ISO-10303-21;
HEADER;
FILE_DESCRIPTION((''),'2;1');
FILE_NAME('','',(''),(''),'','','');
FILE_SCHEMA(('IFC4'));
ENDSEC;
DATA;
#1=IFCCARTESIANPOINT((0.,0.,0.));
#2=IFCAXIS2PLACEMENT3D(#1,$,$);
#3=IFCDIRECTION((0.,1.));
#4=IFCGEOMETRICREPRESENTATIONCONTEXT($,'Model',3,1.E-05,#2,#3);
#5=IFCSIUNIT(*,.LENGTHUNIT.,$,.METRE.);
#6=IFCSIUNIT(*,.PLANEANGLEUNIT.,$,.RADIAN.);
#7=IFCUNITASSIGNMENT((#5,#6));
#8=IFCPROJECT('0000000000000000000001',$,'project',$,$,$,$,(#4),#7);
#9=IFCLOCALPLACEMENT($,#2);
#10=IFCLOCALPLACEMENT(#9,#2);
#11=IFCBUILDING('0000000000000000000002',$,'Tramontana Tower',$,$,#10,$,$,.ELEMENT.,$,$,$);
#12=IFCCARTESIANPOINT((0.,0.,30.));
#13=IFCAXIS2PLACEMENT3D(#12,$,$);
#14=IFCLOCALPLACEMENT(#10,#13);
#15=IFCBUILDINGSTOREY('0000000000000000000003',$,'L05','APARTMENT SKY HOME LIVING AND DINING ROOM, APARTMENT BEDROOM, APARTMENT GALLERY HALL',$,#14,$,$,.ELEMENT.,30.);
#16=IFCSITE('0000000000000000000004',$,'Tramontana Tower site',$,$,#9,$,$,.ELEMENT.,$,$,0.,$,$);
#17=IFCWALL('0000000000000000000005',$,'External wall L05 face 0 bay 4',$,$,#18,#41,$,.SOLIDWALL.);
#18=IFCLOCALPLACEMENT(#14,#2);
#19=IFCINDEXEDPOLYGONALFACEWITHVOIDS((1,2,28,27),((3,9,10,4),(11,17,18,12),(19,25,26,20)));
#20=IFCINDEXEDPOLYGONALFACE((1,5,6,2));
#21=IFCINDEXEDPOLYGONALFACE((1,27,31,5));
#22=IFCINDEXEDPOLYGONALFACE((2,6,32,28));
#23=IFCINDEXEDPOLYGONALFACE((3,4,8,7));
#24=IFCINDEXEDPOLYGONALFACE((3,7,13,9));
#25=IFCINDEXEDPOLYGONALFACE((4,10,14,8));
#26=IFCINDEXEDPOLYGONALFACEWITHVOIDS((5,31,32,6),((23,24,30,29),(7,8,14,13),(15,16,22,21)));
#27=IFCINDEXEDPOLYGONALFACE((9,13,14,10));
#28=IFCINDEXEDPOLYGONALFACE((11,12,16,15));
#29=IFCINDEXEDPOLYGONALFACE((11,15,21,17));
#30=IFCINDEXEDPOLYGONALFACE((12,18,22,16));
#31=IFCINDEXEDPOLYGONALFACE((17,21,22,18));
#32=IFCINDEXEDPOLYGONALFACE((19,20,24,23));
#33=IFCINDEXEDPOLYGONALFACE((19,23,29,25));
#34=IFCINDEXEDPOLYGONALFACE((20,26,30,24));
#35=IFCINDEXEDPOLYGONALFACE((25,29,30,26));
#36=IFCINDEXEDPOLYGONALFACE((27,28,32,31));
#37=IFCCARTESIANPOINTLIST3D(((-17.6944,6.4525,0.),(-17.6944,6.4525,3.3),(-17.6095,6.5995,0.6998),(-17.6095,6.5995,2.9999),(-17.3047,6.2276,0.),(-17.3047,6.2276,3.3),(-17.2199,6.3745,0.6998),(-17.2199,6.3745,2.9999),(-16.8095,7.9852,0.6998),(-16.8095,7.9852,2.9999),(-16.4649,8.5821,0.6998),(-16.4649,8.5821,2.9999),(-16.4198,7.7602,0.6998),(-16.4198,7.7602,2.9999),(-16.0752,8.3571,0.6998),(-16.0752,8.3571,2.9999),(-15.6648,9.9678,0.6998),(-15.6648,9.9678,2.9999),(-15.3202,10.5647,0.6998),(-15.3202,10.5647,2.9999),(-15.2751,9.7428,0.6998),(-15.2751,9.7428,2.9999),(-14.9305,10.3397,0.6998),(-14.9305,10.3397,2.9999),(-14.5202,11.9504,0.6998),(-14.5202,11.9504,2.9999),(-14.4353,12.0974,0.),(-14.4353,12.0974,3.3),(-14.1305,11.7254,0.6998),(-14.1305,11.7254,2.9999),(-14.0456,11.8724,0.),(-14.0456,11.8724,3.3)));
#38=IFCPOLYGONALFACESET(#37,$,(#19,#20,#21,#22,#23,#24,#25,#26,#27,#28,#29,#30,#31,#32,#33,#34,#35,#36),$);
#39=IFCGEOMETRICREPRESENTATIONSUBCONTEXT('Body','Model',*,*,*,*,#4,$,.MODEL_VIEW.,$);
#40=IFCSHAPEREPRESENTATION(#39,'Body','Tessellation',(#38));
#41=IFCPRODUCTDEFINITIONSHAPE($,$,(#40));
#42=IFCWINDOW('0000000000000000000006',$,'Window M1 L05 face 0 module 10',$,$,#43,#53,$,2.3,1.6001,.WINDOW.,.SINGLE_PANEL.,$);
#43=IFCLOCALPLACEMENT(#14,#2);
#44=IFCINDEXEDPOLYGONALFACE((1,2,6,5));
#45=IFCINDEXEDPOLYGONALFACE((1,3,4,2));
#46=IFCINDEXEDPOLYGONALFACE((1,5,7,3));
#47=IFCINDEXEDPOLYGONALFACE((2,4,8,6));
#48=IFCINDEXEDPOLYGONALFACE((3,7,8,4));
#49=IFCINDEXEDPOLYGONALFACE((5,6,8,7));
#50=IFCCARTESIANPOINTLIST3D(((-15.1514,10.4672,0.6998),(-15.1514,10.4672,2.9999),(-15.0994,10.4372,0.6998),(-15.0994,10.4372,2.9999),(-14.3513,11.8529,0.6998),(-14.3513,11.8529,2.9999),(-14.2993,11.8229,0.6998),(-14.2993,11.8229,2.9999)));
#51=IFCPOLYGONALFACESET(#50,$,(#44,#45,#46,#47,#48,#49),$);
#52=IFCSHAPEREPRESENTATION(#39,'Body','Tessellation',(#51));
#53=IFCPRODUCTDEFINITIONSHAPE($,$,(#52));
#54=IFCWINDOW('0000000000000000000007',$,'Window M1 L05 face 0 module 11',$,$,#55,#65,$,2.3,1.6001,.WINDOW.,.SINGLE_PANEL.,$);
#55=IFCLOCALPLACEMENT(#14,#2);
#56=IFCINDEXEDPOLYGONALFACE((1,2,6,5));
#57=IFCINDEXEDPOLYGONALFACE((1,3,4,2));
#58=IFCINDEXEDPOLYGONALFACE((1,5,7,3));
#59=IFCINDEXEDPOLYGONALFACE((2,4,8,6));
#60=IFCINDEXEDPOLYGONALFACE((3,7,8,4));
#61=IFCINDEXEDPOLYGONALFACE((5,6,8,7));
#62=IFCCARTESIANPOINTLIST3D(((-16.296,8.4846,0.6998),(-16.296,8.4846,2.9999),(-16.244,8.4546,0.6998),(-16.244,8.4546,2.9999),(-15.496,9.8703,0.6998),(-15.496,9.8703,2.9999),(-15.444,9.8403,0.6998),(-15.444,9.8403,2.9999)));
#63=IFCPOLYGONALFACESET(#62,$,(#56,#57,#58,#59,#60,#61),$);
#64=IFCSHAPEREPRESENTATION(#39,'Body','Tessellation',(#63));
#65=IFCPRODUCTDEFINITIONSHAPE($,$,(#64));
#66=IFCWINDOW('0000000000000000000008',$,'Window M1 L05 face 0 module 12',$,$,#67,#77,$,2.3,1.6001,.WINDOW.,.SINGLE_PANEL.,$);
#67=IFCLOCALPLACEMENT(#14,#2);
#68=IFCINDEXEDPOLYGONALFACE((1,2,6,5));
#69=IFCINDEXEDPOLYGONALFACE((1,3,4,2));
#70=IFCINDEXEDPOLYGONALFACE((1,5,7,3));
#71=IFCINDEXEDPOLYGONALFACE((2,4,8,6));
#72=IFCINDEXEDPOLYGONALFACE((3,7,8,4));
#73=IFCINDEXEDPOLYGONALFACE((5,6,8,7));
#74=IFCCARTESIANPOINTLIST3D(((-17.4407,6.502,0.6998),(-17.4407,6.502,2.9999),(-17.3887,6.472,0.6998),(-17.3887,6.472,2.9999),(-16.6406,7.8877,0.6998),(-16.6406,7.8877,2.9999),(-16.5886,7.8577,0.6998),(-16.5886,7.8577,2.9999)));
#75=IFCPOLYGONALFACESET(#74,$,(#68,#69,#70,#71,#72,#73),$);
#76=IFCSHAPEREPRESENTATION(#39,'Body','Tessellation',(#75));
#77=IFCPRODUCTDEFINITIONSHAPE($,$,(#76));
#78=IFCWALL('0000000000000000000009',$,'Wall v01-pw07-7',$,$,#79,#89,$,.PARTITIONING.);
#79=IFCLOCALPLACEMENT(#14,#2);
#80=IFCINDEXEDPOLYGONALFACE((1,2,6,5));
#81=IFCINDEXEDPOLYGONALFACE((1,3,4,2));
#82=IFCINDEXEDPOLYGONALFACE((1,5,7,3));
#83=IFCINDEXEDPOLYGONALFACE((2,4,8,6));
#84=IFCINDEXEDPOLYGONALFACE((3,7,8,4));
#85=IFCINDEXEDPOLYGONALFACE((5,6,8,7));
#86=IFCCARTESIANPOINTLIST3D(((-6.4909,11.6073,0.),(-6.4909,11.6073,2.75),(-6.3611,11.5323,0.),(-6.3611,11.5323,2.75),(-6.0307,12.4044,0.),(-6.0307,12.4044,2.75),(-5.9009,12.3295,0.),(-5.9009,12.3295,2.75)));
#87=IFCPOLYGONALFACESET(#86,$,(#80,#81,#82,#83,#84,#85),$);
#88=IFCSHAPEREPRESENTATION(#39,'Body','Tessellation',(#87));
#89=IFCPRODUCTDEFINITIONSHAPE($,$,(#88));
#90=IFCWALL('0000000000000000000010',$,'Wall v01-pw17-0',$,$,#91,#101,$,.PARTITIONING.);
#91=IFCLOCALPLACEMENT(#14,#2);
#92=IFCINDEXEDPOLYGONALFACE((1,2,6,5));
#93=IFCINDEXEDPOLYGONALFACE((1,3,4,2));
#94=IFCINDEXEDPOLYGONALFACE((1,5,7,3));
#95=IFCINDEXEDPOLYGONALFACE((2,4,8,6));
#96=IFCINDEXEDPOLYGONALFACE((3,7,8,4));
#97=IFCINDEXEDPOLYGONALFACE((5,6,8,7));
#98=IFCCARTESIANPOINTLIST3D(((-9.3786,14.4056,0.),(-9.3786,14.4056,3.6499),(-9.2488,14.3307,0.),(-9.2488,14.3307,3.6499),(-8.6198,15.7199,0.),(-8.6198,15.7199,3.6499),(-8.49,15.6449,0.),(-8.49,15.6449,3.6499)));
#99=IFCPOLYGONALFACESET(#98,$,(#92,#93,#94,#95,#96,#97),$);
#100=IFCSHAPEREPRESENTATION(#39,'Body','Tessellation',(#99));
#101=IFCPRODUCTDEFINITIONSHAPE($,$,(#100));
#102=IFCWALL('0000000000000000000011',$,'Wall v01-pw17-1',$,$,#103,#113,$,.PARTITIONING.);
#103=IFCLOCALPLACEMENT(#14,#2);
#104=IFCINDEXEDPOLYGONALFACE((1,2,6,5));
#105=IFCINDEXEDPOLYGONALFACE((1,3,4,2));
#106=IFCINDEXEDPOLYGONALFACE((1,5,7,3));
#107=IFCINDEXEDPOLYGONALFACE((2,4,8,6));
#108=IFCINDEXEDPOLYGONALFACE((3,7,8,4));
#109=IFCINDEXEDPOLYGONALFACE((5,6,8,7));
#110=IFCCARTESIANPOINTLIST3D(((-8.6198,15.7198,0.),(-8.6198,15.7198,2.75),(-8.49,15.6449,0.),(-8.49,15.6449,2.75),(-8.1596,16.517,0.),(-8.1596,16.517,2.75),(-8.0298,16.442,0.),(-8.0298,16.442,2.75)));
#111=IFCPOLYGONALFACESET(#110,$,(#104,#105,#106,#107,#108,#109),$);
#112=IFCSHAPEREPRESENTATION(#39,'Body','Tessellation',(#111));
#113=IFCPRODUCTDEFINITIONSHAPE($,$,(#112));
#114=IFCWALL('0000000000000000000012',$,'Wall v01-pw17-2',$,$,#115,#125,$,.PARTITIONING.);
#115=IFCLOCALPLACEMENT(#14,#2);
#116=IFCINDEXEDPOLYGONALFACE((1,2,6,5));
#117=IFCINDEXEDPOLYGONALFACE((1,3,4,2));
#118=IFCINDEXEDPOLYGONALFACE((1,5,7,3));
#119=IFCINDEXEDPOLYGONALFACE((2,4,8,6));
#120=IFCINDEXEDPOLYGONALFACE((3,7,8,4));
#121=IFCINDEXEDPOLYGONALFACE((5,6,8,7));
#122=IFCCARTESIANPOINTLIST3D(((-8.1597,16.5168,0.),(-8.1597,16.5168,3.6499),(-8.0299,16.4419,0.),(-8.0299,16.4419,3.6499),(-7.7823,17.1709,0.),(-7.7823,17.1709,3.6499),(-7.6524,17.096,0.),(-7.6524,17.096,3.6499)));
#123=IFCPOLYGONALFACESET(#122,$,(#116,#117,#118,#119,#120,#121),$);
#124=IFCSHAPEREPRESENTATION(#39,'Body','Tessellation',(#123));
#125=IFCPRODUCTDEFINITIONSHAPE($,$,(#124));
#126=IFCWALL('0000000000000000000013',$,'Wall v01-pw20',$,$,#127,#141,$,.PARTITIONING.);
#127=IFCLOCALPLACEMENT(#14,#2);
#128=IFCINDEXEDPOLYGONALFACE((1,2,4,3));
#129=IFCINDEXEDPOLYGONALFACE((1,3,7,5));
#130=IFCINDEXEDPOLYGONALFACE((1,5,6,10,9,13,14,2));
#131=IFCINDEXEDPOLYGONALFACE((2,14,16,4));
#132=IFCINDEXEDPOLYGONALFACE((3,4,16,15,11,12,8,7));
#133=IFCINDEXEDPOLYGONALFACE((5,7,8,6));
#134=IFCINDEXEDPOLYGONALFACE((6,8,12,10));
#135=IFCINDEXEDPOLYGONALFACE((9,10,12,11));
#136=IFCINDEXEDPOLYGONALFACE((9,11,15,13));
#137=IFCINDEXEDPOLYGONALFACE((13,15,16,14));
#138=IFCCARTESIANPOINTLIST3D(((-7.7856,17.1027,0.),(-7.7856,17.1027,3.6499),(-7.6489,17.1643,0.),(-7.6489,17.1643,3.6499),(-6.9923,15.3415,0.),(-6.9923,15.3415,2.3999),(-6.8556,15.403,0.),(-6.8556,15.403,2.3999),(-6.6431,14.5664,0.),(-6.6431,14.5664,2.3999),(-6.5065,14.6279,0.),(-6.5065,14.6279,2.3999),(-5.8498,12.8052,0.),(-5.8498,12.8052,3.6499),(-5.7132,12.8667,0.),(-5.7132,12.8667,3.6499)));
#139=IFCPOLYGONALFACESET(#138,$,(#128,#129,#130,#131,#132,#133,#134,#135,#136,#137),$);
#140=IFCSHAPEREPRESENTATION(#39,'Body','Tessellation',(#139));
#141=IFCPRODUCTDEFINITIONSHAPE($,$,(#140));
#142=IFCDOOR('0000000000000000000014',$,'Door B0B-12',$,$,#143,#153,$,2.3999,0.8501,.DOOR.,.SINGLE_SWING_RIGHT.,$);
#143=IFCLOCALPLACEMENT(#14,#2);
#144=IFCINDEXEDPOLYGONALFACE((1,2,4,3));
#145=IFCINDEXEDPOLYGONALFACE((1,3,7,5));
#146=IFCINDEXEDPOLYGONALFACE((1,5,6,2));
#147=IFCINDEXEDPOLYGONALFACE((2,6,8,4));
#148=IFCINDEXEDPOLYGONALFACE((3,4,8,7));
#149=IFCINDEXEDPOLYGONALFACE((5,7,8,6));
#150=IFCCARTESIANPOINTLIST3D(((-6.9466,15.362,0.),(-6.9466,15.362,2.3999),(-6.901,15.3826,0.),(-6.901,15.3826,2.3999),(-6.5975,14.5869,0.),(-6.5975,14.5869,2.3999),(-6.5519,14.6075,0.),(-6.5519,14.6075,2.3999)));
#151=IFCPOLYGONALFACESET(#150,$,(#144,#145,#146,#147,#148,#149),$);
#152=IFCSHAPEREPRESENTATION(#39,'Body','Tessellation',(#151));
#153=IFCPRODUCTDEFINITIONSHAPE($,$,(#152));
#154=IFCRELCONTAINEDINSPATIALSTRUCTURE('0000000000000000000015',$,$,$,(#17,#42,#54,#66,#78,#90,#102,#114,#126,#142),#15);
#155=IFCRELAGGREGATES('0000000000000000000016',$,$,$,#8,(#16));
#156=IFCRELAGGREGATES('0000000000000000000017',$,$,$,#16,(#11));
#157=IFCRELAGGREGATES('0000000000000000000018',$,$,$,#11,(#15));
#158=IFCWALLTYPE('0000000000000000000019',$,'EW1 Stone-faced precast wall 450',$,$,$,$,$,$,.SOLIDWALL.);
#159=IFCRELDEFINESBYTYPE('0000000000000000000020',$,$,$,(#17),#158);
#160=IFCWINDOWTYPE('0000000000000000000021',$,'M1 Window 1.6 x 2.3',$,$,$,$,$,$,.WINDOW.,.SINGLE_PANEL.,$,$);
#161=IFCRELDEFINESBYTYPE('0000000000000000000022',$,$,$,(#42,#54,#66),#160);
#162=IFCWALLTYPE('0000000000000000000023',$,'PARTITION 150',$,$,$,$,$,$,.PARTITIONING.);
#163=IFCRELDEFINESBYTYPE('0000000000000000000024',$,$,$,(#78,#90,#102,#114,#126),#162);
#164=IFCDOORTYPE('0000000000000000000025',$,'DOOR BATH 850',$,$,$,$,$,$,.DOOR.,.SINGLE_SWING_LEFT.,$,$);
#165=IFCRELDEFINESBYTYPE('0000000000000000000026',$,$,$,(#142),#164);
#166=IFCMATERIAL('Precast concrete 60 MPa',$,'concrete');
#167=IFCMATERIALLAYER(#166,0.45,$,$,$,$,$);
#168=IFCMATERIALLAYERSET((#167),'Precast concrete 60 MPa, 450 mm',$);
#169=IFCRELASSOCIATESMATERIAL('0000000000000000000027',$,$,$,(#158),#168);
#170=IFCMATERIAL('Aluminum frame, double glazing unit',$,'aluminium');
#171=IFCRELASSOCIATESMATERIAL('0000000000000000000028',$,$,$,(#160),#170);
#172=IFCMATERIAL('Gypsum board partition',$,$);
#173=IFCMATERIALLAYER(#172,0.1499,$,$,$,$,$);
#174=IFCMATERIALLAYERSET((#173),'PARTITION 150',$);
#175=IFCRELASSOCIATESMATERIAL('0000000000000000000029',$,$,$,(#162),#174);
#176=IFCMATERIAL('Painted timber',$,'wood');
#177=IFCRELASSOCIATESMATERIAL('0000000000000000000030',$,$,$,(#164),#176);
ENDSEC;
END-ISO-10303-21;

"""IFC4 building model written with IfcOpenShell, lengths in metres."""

from ifc_helpers import new_model, si_unit, direction, frame, frame_2d, origin, place, context, subcontext, project, spatial, rectangle, extrude, material, layer, layer_set, type_object, element, fill, save


model = new_model("IFC4")

# Units and contexts
model_context = context("Model", 3, precision=1e-05, world=origin(), true_north=direction((0.0, 1.0)))
body_context = subcontext(model_context, "Body", "Model", "MODEL_VIEW")
ifc_project = project(units=[si_unit("LENGTHUNIT", "METRE"), si_unit("PLANEANGLEUNIT", "RADIAN")], contexts=[model_context])

# Site, building, storey
site_placement = place(None, origin())
site = spatial("IfcSite", under=ifc_project, at=site_placement, Name="Tramontana Tower site", CompositionType="ELEMENT", RefElevation=0.0)
building_placement = place(site_placement, origin())
building = spatial("IfcBuilding", under=site, at=building_placement, Name="Tramontana Tower", CompositionType="ELEMENT")
storey_placement = place(building_placement, frame((0.0, 0.0, 30.0)))
storey = spatial("IfcBuildingStorey", under=building, at=storey_placement, Name="L05", Description="APARTMENT SKY HOME LIVING AND DINING ROOM, APARTMENT BEDROOM, APARTMENT GALLERY HALL", CompositionType="ELEMENT", Elevation=30.0)

# Wall, openings, windows
ifc_material_1 = material(Name="Precast concrete 60 MPa", Category="concrete")
ifc_layer_1 = layer(ifc_material_1, 0.45)
ifc_layer_set_1 = layer_set([ifc_layer_1], Name="Precast concrete 60 MPa, 450 mm")
wall_type_1 = type_object("IfcWallType", Name="EW1 Stone-faced precast wall 450", PredefinedType="SOLIDWALL", material=ifc_layer_set_1)
ifc_material_2 = material(Name="Aluminum frame, double glazing unit", Category="aluminium")
window_type = type_object("IfcWindowType", Name="M1 Window 1.6 x 2.3", PartitioningType="SINGLE_PANEL", PredefinedType="WINDOW", material=ifc_material_2)
wall_1_placement = place(storey_placement, frame((-14.2405, 11.9849, 0.0), z_axis=(0.0, 0.0, 1.0), x_axis=(-0.500002, -0.866024, 0.0)))
wall_1 = element("IfcWall", 1, at=wall_1_placement, inside=storey, type_object=wall_type_1, Name="External wall L05 face 0 bay 4", PredefinedType="SOLIDWALL", context=body_context, shape_type="SweptSolid", body=[
    extrude(rectangle(XDim=6.5181, YDim=0.45, at=frame_2d((3.259, 0.0))), origin(), (0.0, 0.0, 1.0), 3.3),
])
opening_1_placement = place(wall_1_placement, frame((0.1697, 0.0, 0.7)))
opening_1 = element("IfcOpeningElement", 2, at=opening_1_placement, cuts=wall_1, PredefinedType="OPENING", context=body_context, shape_type="SweptSolid", body=[
    extrude(rectangle(XDim=1.6001, YDim=2.3, at=frame_2d((0.8, 1.1499))), frame((0.0, 0.2349, 0.0), z_axis=(0.0, -1.0, 0.0), x_axis=(1.0, 0.0, 0.0)), (0.0, 0.0, 1.0), 0.47),
])
opening_2_placement = place(wall_1_placement, frame((2.459, 0.0, 0.7)))
opening_2 = element("IfcOpeningElement", 3, at=opening_2_placement, cuts=wall_1, PredefinedType="OPENING", context=body_context, shape_type="SweptSolid", body=[
    extrude(rectangle(XDim=1.6001, YDim=2.3, at=frame_2d((0.8, 1.1499))), frame((0.0, 0.2349, 0.0), z_axis=(0.0, -1.0, 0.0), x_axis=(1.0, 0.0, 0.0)), (0.0, 0.0, 1.0), 0.47),
])
opening_3_placement = place(wall_1_placement, frame((4.7483, 0.0, 0.7)))
opening_3 = element("IfcOpeningElement", 4, at=opening_3_placement, cuts=wall_1, PredefinedType="OPENING", context=body_context, shape_type="SweptSolid", body=[
    extrude(rectangle(XDim=1.6001, YDim=2.3, at=frame_2d((0.8, 1.1499))), frame((0.0, 0.2349, 0.0), z_axis=(0.0, -1.0, 0.0), x_axis=(1.0, 0.0, 0.0)), (0.0, 0.0, 1.0), 0.47),
])
window_1_placement = place(opening_1_placement, origin())
window_1 = element("IfcWindow", 5, at=window_1_placement, inside=storey, type_object=window_type, Name="Window M1 L05 face 0 module 10", OverallHeight=2.3, OverallWidth=1.6001, PartitioningType="SINGLE_PANEL", PredefinedType="WINDOW", context=body_context, shape_type="SweptSolid", body=[
    extrude(rectangle(XDim=1.6001, YDim=2.3, at=frame_2d((0.8, 1.1499))), frame((0.0, 0.03, 0.0), z_axis=(0.0, -1.0, 0.0), x_axis=(1.0, 0.0, 0.0)), (0.0, 0.0, 1.0), 0.0601),
])
fill(opening_1, window_1)
window_2_placement = place(opening_2_placement, origin())
window_2 = element("IfcWindow", 6, at=window_2_placement, inside=storey, type_object=window_type, Name="Window M1 L05 face 0 module 11", OverallHeight=2.3, OverallWidth=1.6001, PartitioningType="SINGLE_PANEL", PredefinedType="WINDOW", context=body_context, shape_type="SweptSolid", body=[
    extrude(rectangle(XDim=1.6001, YDim=2.3, at=frame_2d((0.8, 1.1499))), frame((0.0, 0.03, 0.0), z_axis=(0.0, -1.0, 0.0), x_axis=(1.0, 0.0, 0.0)), (0.0, 0.0, 1.0), 0.0601),
])
fill(opening_2, window_2)
window_3_placement = place(opening_3_placement, origin())
window_3 = element("IfcWindow", 7, at=window_3_placement, inside=storey, type_object=window_type, Name="Window M1 L05 face 0 module 12", OverallHeight=2.3, OverallWidth=1.6001, PartitioningType="SINGLE_PANEL", PredefinedType="WINDOW", context=body_context, shape_type="SweptSolid", body=[
    extrude(rectangle(XDim=1.6001, YDim=2.3, at=frame_2d((0.8, 1.1499))), frame((0.0, 0.03, 0.0), z_axis=(0.0, -1.0, 0.0), x_axis=(1.0, 0.0, 0.0)), (0.0, 0.0, 1.0), 0.0601),
])
fill(opening_3, window_3)

# Wall
ifc_material_3 = material(Name="Gypsum board partition")
ifc_layer_2 = layer(ifc_material_3, 0.1499)
ifc_layer_set_2 = layer_set([ifc_layer_2], Name="PARTITION 150")
wall_type_2 = type_object("IfcWallType", Name="PARTITION 150", PredefinedType="PARTITIONING", material=ifc_layer_set_2)
wall_2_placement = place(storey_placement, frame((-6.426, 11.5698, 0.0), z_axis=(0.0, 0.0, 1.0), x_axis=(0.49999, 0.866031, 0.0)))
element("IfcWall", 8, at=wall_2_placement, inside=storey, type_object=wall_type_2, Name="Wall v01-pw07-7", PredefinedType="PARTITIONING", context=body_context, shape_type="SweptSolid", body=[
    extrude(rectangle(XDim=0.9204, YDim=0.1499, at=frame_2d((0.4602, 0.0))), origin(), (0.0, 0.0, 1.0), 2.75),
])

# Walls
wall_3_placement = place(storey_placement, frame((-9.3137, 14.3682, 0.0), z_axis=(0.0, 0.0, 1.0), x_axis=(0.500015, 0.866017, 0.0)))
element("IfcWall", 9, at=wall_3_placement, inside=storey, type_object=wall_type_2, Name="Wall v01-pw17-0", PredefinedType="PARTITIONING", context=body_context, shape_type="SweptSolid", body=[
    extrude(rectangle(XDim=1.5176, YDim=0.1499, at=frame_2d((0.7588, 0.0))), origin(), (0.0, 0.0, 1.0), 3.6499),
])
wall_4_placement = place(storey_placement, frame((-8.5549, 15.6824, 0.0), z_axis=(0.0, 0.0, 1.0), x_axis=(0.49999, 0.866031, 0.0)))
element("IfcWall", 10, at=wall_4_placement, inside=storey, type_object=wall_type_2, Name="Wall v01-pw17-1", PredefinedType="PARTITIONING", context=body_context, shape_type="SweptSolid", body=[
    extrude(rectangle(XDim=0.9204, YDim=0.1499, at=frame_2d((0.4602, 0.0))), origin(), (0.0, 0.0, 1.0), 2.75),
])
wall_5_placement = place(storey_placement, frame((-8.0947, 16.4795, 0.0), z_axis=(0.0, 0.0, 1.0), x_axis=(0.499825, 0.866126, 0.0)))
element("IfcWall", 11, at=wall_5_placement, inside=storey, type_object=wall_type_2, Name="Wall v01-pw17-2", PredefinedType="PARTITIONING", context=body_context, shape_type="SweptSolid", body=[
    extrude(rectangle(XDim=0.7551, YDim=0.1499, at=frame_2d((0.3774, 0.0))), origin(), (0.0, 0.0, 1.0), 3.6499),
])

# Wall, opening, door
wall_6_placement = place(storey_placement, frame((-5.7815, 12.8359, 0.0), z_axis=(0.0, 0.0, 1.0), x_axis=(-0.410694, 0.911773, 0.0)))
wall_6 = element("IfcWall", 12, at=wall_6_placement, inside=storey, type_object=wall_type_2, Name="Wall v01-pw20", PredefinedType="PARTITIONING", context=body_context, shape_type="SweptSolid", body=[
    extrude(rectangle(XDim=4.7134, YDim=0.1499, at=frame_2d((2.3567, 0.0))), origin(), (0.0, 0.0, 1.0), 3.6499),
])
opening_4_placement = place(wall_6_placement, frame((1.9316, 0.0, 0.0)))
opening_4 = element("IfcOpeningElement", 13, at=opening_4_placement, cuts=wall_6, PredefinedType="OPENING", context=body_context, shape_type="SweptSolid", body=[
    extrude(rectangle(XDim=0.8501, YDim=2.3999, at=frame_2d((0.425, 1.2))), frame((0.0, 0.085, 0.0), z_axis=(0.0, -1.0, 0.0), x_axis=(1.0, 0.0, 0.0)), (0.0, 0.0, 1.0), 0.1699),
])
ifc_material_4 = material(Name="Painted timber", Category="wood")
door_type_1 = type_object("IfcDoorType", Name="DOOR BATH 850", OperationType="SINGLE_SWING_LEFT", PredefinedType="DOOR", material=ifc_material_4)
door_1_placement = place(opening_4_placement, origin())
door_1 = element("IfcDoor", 14, at=door_1_placement, inside=storey, type_object=door_type_1, Name="Door B0B-12", OperationType="SINGLE_SWING_RIGHT", OverallHeight=2.3999, OverallWidth=0.8501, PredefinedType="DOOR", context=body_context, shape_type="SweptSolid", body=[
    extrude(rectangle(XDim=0.8501, YDim=2.3999, at=frame_2d((0.425, 1.2))), frame((0.0, 0.0249, 0.0), z_axis=(0.0, -1.0, 0.0), x_axis=(1.0, 0.0, 0.0)), (0.0, 0.0, 1.0), 0.05),
])
fill(opening_4, door_1)

save(model, "model.ifc")
